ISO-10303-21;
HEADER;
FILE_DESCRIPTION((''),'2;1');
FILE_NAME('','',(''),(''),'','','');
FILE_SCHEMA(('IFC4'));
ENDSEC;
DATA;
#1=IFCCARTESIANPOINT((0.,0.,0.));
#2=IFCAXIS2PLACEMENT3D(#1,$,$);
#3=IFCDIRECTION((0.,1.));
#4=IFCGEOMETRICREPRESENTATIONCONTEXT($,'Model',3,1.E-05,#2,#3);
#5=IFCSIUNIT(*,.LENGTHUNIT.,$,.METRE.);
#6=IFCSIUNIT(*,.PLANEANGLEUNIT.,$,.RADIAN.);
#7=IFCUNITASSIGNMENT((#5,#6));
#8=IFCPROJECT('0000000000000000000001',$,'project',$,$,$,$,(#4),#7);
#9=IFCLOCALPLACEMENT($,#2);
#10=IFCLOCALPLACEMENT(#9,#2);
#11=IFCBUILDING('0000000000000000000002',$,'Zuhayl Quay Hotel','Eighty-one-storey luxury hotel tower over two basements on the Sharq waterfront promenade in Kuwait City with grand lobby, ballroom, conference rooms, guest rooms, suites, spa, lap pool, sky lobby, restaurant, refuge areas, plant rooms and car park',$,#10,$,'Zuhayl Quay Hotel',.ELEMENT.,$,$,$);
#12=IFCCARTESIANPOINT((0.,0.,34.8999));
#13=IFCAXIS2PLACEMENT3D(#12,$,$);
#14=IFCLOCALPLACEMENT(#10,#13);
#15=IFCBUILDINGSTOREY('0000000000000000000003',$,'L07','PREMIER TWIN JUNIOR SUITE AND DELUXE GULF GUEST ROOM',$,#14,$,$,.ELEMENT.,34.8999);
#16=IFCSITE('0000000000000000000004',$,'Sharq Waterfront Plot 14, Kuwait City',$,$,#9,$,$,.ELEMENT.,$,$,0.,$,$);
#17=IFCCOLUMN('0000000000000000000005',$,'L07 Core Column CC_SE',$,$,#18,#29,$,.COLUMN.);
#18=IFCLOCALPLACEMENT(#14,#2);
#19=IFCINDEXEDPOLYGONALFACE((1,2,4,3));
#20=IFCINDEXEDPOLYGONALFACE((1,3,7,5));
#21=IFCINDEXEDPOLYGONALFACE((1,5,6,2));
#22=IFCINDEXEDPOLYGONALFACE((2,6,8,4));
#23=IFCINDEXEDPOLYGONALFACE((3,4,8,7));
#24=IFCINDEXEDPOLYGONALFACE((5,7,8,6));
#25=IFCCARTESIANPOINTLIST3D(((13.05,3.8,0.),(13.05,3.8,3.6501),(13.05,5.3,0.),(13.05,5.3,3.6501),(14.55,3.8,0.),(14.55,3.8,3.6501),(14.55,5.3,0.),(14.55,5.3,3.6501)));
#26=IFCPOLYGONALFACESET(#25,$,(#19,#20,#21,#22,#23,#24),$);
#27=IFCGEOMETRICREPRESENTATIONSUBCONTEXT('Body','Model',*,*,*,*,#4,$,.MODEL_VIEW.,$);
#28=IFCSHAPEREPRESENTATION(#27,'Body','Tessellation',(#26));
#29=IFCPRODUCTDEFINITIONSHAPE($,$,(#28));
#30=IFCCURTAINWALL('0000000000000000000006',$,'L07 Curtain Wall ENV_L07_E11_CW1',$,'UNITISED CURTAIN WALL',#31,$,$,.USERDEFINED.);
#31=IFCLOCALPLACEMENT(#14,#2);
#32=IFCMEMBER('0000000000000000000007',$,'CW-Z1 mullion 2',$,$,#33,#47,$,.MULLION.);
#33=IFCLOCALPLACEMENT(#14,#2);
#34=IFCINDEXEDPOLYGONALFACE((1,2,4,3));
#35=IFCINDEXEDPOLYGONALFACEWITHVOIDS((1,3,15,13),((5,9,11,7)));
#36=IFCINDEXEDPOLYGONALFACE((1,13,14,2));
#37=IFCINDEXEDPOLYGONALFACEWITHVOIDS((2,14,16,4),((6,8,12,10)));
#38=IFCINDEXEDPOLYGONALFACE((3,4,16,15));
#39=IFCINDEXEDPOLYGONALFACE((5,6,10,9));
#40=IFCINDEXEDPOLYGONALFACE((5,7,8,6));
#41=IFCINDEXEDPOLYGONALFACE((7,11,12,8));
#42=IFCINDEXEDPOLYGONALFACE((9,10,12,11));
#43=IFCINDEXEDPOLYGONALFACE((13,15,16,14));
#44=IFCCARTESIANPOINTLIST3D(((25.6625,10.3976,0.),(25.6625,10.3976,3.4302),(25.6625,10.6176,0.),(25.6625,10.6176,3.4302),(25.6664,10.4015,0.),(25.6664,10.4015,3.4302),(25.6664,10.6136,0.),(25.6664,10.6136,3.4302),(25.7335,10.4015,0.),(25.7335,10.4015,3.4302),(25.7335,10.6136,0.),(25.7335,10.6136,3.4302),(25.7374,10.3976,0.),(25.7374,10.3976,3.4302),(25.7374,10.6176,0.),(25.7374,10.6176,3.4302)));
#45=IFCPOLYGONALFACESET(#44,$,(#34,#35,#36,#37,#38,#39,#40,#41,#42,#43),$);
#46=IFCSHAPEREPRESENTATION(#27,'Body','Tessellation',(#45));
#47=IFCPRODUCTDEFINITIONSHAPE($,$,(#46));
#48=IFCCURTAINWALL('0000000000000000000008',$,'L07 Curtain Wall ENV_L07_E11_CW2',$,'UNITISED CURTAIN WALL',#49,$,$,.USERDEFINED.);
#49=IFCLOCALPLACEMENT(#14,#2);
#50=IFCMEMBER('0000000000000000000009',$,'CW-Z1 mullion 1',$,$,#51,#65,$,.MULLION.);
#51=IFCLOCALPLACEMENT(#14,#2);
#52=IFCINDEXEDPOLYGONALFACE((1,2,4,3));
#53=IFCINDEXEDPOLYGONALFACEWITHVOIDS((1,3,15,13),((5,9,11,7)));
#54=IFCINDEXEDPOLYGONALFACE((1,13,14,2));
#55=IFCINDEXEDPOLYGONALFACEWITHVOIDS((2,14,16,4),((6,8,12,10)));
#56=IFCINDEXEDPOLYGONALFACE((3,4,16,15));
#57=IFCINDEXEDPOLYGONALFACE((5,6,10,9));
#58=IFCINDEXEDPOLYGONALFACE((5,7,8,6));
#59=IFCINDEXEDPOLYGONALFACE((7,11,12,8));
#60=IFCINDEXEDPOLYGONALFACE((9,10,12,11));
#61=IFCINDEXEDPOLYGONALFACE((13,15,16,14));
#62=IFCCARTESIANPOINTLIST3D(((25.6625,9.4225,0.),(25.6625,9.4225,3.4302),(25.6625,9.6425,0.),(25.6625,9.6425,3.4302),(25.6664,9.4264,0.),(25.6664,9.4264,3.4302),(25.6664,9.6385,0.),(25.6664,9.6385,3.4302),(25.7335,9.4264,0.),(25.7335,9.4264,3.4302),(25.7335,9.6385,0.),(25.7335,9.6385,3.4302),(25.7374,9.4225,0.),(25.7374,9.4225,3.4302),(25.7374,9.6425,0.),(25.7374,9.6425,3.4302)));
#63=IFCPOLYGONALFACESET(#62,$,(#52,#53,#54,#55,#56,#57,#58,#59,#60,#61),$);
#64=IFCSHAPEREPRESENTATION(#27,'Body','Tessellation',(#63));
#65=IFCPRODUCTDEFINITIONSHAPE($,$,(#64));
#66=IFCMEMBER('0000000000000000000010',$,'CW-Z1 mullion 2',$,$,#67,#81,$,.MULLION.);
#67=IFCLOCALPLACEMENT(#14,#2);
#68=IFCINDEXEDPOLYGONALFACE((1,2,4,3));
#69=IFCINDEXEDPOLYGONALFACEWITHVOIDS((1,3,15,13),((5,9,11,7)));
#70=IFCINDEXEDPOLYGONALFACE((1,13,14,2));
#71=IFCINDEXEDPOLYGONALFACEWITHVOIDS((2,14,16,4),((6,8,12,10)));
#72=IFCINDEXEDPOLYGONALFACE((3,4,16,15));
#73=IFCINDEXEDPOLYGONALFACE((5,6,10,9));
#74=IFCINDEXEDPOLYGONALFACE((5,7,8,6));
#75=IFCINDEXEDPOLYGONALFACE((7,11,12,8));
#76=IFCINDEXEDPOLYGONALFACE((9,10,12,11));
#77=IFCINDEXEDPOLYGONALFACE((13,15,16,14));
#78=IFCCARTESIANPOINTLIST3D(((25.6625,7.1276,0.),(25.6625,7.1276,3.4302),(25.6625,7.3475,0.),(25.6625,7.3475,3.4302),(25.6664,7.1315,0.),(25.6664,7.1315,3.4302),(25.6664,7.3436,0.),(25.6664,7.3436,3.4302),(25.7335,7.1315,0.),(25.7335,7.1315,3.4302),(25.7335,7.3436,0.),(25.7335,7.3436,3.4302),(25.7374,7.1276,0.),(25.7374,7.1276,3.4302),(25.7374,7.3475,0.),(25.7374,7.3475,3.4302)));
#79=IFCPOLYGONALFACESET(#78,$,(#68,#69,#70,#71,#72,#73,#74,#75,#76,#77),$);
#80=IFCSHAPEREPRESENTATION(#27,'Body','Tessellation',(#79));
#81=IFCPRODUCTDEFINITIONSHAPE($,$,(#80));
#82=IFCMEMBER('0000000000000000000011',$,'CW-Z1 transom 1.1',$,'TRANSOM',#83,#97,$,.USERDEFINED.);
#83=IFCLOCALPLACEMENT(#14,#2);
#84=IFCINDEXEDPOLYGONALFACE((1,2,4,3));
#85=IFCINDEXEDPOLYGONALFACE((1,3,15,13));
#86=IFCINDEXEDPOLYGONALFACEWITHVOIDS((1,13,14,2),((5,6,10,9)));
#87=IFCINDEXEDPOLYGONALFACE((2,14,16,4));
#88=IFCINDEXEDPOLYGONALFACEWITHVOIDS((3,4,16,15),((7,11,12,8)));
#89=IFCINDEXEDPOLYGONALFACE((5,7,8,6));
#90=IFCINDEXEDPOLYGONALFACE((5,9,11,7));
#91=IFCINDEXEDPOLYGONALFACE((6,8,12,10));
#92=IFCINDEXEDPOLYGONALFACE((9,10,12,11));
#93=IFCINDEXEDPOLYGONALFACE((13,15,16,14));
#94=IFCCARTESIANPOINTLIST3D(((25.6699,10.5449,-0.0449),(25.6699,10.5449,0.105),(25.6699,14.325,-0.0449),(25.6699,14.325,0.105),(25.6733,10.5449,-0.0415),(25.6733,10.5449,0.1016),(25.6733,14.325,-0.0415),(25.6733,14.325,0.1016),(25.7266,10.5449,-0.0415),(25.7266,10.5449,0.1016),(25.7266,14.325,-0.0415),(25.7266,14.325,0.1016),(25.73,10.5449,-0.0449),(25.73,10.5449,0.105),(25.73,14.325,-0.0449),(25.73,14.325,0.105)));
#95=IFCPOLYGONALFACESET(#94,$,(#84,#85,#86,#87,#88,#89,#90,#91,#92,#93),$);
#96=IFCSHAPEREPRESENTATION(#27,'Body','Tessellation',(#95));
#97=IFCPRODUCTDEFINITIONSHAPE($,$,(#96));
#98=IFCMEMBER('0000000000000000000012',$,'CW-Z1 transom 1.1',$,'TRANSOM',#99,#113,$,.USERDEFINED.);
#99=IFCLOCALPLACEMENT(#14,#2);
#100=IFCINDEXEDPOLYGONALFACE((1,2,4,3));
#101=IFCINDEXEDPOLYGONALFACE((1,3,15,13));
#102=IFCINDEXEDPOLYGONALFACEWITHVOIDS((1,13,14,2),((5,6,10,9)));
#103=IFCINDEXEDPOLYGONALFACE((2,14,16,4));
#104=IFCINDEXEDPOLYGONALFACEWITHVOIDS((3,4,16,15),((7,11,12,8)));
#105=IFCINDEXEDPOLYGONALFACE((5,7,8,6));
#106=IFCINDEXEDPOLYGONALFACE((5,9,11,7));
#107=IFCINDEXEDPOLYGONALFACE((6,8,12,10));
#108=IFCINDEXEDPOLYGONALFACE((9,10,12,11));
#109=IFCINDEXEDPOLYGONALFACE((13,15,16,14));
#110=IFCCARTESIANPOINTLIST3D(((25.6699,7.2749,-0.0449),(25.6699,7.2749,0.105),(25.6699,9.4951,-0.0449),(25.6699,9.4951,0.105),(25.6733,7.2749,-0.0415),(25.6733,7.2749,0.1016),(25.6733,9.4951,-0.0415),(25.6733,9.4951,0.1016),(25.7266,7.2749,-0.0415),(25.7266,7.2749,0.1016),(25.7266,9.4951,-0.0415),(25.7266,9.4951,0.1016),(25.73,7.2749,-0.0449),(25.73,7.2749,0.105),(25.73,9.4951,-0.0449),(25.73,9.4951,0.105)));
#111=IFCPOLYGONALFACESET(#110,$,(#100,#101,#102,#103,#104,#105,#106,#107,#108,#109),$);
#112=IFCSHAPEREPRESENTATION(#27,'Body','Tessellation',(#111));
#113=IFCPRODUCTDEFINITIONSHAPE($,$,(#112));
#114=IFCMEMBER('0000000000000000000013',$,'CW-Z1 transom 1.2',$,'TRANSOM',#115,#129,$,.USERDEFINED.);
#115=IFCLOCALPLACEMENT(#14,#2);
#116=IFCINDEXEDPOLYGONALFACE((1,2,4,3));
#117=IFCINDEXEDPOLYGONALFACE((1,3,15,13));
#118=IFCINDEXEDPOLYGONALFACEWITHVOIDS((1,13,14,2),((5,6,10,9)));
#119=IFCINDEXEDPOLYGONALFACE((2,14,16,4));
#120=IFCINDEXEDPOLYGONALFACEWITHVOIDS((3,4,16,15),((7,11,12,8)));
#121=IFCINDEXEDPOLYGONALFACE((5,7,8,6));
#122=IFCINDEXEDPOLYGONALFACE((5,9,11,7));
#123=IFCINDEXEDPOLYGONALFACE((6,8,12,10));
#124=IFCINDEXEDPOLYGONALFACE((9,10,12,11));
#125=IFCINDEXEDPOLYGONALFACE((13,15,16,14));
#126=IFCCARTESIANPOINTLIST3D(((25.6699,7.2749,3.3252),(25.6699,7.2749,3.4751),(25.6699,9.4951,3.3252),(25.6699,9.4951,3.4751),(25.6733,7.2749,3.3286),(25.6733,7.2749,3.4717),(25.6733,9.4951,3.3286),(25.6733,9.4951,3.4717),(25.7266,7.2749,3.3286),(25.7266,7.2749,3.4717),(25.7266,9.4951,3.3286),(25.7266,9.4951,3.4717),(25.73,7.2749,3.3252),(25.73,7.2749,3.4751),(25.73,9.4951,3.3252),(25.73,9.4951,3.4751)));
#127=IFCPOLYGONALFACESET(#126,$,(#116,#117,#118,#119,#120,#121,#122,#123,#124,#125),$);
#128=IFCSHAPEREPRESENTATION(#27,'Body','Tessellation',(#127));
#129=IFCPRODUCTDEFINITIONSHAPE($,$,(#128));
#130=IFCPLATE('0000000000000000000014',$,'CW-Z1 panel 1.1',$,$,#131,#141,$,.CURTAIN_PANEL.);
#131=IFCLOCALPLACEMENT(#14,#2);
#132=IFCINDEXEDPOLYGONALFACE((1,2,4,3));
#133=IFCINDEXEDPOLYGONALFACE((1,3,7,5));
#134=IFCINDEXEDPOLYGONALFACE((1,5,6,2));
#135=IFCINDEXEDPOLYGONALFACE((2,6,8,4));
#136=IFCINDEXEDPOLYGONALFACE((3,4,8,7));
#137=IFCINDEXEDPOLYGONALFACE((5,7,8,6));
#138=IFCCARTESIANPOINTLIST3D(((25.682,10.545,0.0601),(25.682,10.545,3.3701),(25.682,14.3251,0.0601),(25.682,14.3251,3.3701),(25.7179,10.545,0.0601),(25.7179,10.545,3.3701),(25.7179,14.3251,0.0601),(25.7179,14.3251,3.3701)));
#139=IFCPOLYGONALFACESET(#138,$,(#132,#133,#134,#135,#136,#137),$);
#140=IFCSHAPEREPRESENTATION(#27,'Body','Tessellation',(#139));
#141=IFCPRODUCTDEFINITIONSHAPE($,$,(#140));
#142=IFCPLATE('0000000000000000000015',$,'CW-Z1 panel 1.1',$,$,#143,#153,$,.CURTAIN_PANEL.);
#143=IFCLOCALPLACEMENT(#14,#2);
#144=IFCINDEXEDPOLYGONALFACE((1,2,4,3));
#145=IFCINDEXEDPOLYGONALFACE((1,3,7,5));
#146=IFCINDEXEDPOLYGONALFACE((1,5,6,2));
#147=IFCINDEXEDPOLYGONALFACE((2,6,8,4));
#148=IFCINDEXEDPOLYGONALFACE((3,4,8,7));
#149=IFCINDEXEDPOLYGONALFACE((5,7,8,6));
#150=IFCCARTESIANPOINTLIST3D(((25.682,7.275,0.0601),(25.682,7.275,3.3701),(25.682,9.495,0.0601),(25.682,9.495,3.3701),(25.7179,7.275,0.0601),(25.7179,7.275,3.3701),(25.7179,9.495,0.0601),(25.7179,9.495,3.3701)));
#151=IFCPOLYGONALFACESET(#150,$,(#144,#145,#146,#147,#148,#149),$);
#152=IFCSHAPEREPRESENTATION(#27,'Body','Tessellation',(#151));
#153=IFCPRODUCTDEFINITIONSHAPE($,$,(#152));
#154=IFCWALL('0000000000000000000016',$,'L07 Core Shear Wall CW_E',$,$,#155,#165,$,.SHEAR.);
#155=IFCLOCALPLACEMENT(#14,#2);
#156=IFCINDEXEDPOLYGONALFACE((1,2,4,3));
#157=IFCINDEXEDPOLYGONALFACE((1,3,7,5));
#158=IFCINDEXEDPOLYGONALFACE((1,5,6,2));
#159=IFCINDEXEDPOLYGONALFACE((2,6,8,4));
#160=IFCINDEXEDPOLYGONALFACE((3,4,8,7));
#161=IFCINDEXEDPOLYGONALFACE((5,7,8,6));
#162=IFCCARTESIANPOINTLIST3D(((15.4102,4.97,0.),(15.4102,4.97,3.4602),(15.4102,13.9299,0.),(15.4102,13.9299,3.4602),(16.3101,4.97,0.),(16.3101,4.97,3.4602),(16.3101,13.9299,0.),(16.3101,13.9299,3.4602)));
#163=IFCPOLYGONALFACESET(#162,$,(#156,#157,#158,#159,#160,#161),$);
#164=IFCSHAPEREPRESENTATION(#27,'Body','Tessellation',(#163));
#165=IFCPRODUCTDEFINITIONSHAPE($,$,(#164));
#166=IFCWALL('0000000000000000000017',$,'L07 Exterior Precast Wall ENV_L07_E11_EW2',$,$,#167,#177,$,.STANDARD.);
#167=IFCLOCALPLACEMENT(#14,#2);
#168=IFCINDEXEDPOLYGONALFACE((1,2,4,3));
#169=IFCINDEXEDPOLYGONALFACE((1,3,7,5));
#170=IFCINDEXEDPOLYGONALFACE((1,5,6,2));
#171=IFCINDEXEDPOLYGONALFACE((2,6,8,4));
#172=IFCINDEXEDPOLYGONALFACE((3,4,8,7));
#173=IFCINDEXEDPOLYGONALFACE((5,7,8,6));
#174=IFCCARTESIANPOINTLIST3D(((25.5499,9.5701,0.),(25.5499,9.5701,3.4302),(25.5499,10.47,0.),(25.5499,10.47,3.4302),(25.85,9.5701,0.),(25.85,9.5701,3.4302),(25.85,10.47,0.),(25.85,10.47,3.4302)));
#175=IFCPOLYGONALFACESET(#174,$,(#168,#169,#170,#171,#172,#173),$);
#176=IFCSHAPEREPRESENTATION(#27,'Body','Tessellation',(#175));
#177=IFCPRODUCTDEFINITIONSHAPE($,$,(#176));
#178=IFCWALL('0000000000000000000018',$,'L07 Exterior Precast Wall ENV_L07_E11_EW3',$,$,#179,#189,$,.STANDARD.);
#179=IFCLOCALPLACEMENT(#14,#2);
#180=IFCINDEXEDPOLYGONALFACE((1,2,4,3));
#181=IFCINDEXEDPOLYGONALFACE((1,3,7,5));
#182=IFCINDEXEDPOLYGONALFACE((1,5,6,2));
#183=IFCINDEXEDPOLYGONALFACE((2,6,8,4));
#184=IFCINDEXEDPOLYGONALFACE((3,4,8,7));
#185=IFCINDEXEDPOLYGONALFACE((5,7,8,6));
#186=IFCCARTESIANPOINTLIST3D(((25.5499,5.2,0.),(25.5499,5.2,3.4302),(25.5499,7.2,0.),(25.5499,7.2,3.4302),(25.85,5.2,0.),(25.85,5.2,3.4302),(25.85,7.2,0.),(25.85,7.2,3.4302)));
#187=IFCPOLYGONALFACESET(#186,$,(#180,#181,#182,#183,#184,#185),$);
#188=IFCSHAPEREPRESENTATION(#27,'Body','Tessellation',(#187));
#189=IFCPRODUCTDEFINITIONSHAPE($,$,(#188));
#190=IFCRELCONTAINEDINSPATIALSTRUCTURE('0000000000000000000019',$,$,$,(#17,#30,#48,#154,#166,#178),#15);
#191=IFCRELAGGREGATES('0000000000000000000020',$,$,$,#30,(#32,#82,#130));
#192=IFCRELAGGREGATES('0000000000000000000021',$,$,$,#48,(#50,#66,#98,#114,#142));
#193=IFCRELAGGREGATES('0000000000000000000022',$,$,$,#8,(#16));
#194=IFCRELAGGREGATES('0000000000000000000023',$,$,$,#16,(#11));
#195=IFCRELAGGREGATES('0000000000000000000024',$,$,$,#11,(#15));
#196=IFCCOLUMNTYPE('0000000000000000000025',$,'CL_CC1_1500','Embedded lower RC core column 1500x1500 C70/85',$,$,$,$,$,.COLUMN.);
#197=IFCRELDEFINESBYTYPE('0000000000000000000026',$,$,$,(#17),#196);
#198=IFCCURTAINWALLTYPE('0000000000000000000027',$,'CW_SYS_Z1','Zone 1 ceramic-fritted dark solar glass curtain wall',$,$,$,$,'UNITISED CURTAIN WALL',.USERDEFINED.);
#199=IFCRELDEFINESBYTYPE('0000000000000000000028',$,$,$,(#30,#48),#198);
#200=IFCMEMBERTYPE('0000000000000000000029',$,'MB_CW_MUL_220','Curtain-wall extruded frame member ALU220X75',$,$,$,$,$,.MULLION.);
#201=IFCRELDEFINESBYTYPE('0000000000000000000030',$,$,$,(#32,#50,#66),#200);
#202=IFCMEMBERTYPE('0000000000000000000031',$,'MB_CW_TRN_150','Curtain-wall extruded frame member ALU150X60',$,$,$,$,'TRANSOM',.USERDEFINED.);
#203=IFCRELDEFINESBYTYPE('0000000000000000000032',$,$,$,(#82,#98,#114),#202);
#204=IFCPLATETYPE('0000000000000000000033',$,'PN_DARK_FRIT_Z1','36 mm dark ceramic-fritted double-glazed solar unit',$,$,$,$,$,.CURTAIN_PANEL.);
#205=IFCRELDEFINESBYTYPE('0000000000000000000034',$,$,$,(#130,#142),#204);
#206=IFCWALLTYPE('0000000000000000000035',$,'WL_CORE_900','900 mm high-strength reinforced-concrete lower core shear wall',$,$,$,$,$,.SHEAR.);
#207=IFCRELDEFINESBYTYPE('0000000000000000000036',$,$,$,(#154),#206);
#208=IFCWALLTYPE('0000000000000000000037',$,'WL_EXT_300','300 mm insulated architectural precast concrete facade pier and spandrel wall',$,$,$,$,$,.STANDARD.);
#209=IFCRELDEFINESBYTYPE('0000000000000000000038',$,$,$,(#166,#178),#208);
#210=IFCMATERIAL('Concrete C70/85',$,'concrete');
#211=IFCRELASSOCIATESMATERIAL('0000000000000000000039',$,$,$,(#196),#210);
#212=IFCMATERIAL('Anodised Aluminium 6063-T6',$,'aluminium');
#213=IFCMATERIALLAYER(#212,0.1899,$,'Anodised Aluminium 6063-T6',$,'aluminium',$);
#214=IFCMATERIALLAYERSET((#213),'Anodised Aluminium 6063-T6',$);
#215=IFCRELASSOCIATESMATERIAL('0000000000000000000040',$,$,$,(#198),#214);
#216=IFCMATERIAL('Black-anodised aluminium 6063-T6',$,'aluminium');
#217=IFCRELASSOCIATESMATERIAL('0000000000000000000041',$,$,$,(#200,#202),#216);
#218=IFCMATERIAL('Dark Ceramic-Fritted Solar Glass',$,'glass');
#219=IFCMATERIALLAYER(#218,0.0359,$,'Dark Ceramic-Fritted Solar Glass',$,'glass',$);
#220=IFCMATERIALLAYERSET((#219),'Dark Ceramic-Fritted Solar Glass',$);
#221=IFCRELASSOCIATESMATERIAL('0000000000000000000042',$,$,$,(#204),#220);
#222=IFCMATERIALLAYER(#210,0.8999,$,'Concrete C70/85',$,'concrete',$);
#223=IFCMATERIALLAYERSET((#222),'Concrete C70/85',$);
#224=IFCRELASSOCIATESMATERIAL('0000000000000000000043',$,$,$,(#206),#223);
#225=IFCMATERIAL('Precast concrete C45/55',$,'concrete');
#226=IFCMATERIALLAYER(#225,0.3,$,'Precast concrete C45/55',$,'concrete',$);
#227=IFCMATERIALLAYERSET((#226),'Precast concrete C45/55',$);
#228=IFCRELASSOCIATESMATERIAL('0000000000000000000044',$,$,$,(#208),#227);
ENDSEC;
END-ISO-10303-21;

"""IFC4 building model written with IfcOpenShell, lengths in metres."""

from ifc_helpers import new_model, si_unit, direction, frame, frame_2d, origin, origin_2d, place, context, subcontext, project, spatial, rectangle, hollow_rectangle, extrude, material, layer, layer_set, material_profile, profile_set, type_object, element, aggregate, save


model = new_model("IFC4")

# Units and contexts
model_context = context("Model", 3, precision=1e-05, world=origin(), true_north=direction((0.0, 1.0)))
body_context = subcontext(model_context, "Body", "Model", "MODEL_VIEW")
ifc_project = project(units=[si_unit("LENGTHUNIT", "METRE"), si_unit("PLANEANGLEUNIT", "RADIAN")], contexts=[model_context])

# Site, building, storey
site_placement = place(None, origin())
site = spatial("IfcSite", under=ifc_project, at=site_placement, Name="Sharq Waterfront Plot 14, Kuwait City", CompositionType="ELEMENT", RefElevation=0.0)
building_placement = place(site_placement, origin())
building = spatial("IfcBuilding", under=site, at=building_placement, Name="Zuhayl Quay Hotel", Description="Eighty-one-storey luxury hotel tower over two basements on the Sharq waterfront promenade in Kuwait City with grand lobby, ballroom, conference rooms, guest rooms, suites, spa, lap pool, sky lobby, restaurant, refuge areas, plant rooms and car park", LongName="Zuhayl Quay Hotel", CompositionType="ELEMENT")
storey_placement = place(building_placement, frame((0.0, 0.0, 34.8999)))
storey = spatial("IfcBuildingStorey", under=building, at=storey_placement, Name="L07", Description="PREMIER TWIN JUNIOR SUITE AND DELUXE GULF GUEST ROOM", CompositionType="ELEMENT", Elevation=34.8999)

# Column
ifc_material_1 = material(Name="Concrete C70/85", Category="concrete")
ifc_material_profile_1 = material_profile(ifc_material_1, rectangle(XDim=1.5, YDim=1.5, at=origin_2d()), Name="RC1500X1500")
ifc_profile_set_1 = profile_set([ifc_material_profile_1], Name="Concrete C70/85")
column_type = type_object("IfcColumnType", Name="CL_CC1_1500", Description="Embedded lower RC core column 1500x1500 C70/85", PredefinedType="COLUMN", material=ifc_profile_set_1)
column_placement = place(storey_placement, frame((13.8, 4.55, 0.0), z_axis=(0.0, 0.0, 1.0), x_axis=(1.0, 0.0, 0.0)))
element("IfcColumn", 1, at=column_placement, inside=storey, type_object=column_type, Name="L07 Core Column CC_SE", PredefinedType="COLUMN", context=body_context, shape_type="SweptSolid", body=[
    extrude(rectangle(XDim=1.5, YDim=1.5, at=origin_2d()), origin(), (0.0, 0.0, 1.0), 3.6501),
])

# Curtain wall, member
ifc_material_2 = material(Name="Anodised Aluminium 6063-T6", Category="aluminium")
ifc_layer_1 = layer(ifc_material_2, 0.1899, Name="Anodised Aluminium 6063-T6", Category="aluminium")
ifc_layer_set_1 = layer_set([ifc_layer_1], Name="Anodised Aluminium 6063-T6")
curtain_wall_type = type_object("IfcCurtainWallType", Name="CW_SYS_Z1", Description="Zone 1 ceramic-fritted dark solar glass curtain wall", ElementType="UNITISED CURTAIN WALL", PredefinedType="USERDEFINED", material=ifc_layer_set_1)
curtain_wall_1_placement = place(storey_placement, origin())
curtain_wall_1 = element("IfcCurtainWall", 2, at=curtain_wall_1_placement, inside=storey, type_object=curtain_wall_type, Name="L07 Curtain Wall ENV_L07_E11_CW1", ObjectType="UNITISED CURTAIN WALL", PredefinedType="USERDEFINED")
ifc_material_3 = material(Name="Black-anodised aluminium 6063-T6", Category="aluminium")
ifc_material_profile_2 = material_profile(ifc_material_3, hollow_rectangle(XDim=0.075, YDim=0.22, WallThickness=0.0039, at=origin_2d()), Name="ALU220X75")
ifc_profile_set_2 = profile_set([ifc_material_profile_2], Name="Black-anodised aluminium 6063-T6")
member_type_1 = type_object("IfcMemberType", Name="MB_CW_MUL_220", Description="Curtain-wall extruded frame member ALU220X75", PredefinedType="MULLION", material=ifc_profile_set_2)
member_1_placement = place(storey_placement, frame((25.7, 10.5076, 0.0), z_axis=(0.0, 0.0, 1.0), x_axis=(1.0, 0.0, 0.0)))
member_1 = element("IfcMember", 3, at=member_1_placement, type_object=member_type_1, Name="CW-Z1 mullion 2", PredefinedType="MULLION", context=body_context, shape_type="SweptSolid", body=[
    extrude(hollow_rectangle(XDim=0.075, YDim=0.22, WallThickness=0.0039, at=origin_2d()), origin(), (0.0, 0.0, 1.0), 3.4302),
])

# Curtain wall, members
curtain_wall_2_placement = place(storey_placement, origin())
curtain_wall_2 = element("IfcCurtainWall", 4, at=curtain_wall_2_placement, inside=storey, type_object=curtain_wall_type, Name="L07 Curtain Wall ENV_L07_E11_CW2", ObjectType="UNITISED CURTAIN WALL", PredefinedType="USERDEFINED")
member_2_placement = place(storey_placement, frame((25.7, 9.5325, 0.0), z_axis=(0.0, 0.0, 1.0), x_axis=(1.0, 0.0, 0.0)))
member_2 = element("IfcMember", 5, at=member_2_placement, type_object=member_type_1, Name="CW-Z1 mullion 1", PredefinedType="MULLION", context=body_context, shape_type="SweptSolid", body=[
    extrude(hollow_rectangle(XDim=0.075, YDim=0.22, WallThickness=0.0039, at=origin_2d()), origin(), (0.0, 0.0, 1.0), 3.4302),
])
member_3_placement = place(storey_placement, frame((25.7, 7.2375, 0.0), z_axis=(0.0, 0.0, 1.0), x_axis=(1.0, 0.0, 0.0)))
member_3 = element("IfcMember", 6, at=member_3_placement, type_object=member_type_1, Name="CW-Z1 mullion 2", PredefinedType="MULLION", context=body_context, shape_type="SweptSolid", body=[
    extrude(hollow_rectangle(XDim=0.075, YDim=0.22, WallThickness=0.0039, at=origin_2d()), origin(), (0.0, 0.0, 1.0), 3.4302),
])

# Members
ifc_material_profile_3 = material_profile(ifc_material_3, hollow_rectangle(XDim=0.0601, YDim=0.1499, WallThickness=0.0034, at=origin_2d()), Name="ALU150X60")
ifc_profile_set_3 = profile_set([ifc_material_profile_3], Name="Black-anodised aluminium 6063-T6")
member_type_2 = type_object("IfcMemberType", Name="MB_CW_TRN_150", Description="Curtain-wall extruded frame member ALU150X60", ElementType="TRANSOM", PredefinedType="USERDEFINED", material=ifc_profile_set_3)
member_4_placement = place(storey_placement, frame((25.7, 14.325, 0.03), z_axis=(0.0, -1.0, 0.0), x_axis=(1.0, 0.0, 0.0)))
member_4 = element("IfcMember", 7, at=member_4_placement, type_object=member_type_2, Name="CW-Z1 transom 1.1", ObjectType="TRANSOM", PredefinedType="USERDEFINED", context=body_context, shape_type="SweptSolid", body=[
    extrude(hollow_rectangle(XDim=0.0601, YDim=0.1499, WallThickness=0.0034, at=origin_2d()), origin(), (0.0, 0.0, 1.0), 3.78),
])
member_5_placement = place(storey_placement, frame((25.7, 9.4951, 0.03), z_axis=(0.0, -1.0, 0.0), x_axis=(1.0, 0.0, 0.0)))
member_5 = element("IfcMember", 8, at=member_5_placement, type_object=member_type_2, Name="CW-Z1 transom 1.1", ObjectType="TRANSOM", PredefinedType="USERDEFINED", context=body_context, shape_type="SweptSolid", body=[
    extrude(hollow_rectangle(XDim=0.0601, YDim=0.1499, WallThickness=0.0034, at=origin_2d()), origin(), (0.0, 0.0, 1.0), 2.2202),
])
member_6_placement = place(storey_placement, frame((25.7, 9.4951, 3.4001), z_axis=(0.0, -1.0, 0.0), x_axis=(1.0, 0.0, 0.0)))
member_6 = element("IfcMember", 9, at=member_6_placement, type_object=member_type_2, Name="CW-Z1 transom 1.2", ObjectType="TRANSOM", PredefinedType="USERDEFINED", context=body_context, shape_type="SweptSolid", body=[
    extrude(hollow_rectangle(XDim=0.0601, YDim=0.1499, WallThickness=0.0034, at=origin_2d()), origin(), (0.0, 0.0, 1.0), 2.2202),
])

# Plates
ifc_material_4 = material(Name="Dark Ceramic-Fritted Solar Glass", Category="glass")
ifc_layer_2 = layer(ifc_material_4, 0.0359, Name="Dark Ceramic-Fritted Solar Glass", Category="glass")
ifc_layer_set_2 = layer_set([ifc_layer_2], Name="Dark Ceramic-Fritted Solar Glass")
plate_type = type_object("IfcPlateType", Name="PN_DARK_FRIT_Z1", Description="36 mm dark ceramic-fritted double-glazed solar unit", PredefinedType="CURTAIN_PANEL", material=ifc_layer_set_2)
plate_1_placement = place(storey_placement, frame((25.7, 12.4351, 0.0601), z_axis=(0.0, 0.0, 1.0), x_axis=(0.0, -1.0, 0.0)))
plate_1 = element("IfcPlate", 10, at=plate_1_placement, type_object=plate_type, Name="CW-Z1 panel 1.1", PredefinedType="CURTAIN_PANEL", context=body_context, shape_type="SweptSolid", body=[
    extrude(rectangle(XDim=3.78, YDim=0.0359, at=origin_2d()), origin(), (0.0, 0.0, 1.0), 3.3101),
])
aggregate(curtain_wall_1, [member_1, member_4, plate_1])
plate_2_placement = place(storey_placement, frame((25.7, 8.385, 0.0601), z_axis=(0.0, 0.0, 1.0), x_axis=(0.0, -1.0, 0.0)))
plate_2 = element("IfcPlate", 11, at=plate_2_placement, type_object=plate_type, Name="CW-Z1 panel 1.1", PredefinedType="CURTAIN_PANEL", context=body_context, shape_type="SweptSolid", body=[
    extrude(rectangle(XDim=2.22, YDim=0.0359, at=origin_2d()), origin(), (0.0, 0.0, 1.0), 3.3101),
])
aggregate(curtain_wall_2, [member_2, member_3, member_5, member_6, plate_2])

# Walls
ifc_layer_3 = layer(ifc_material_1, 0.8999, Name="Concrete C70/85", Category="concrete")
ifc_layer_set_3 = layer_set([ifc_layer_3], Name="Concrete C70/85")
wall_type_1 = type_object("IfcWallType", Name="WL_CORE_900", Description="900 mm high-strength reinforced-concrete lower core shear wall", PredefinedType="SHEAR", material=ifc_layer_set_3)
wall_1_placement = place(storey_placement, frame((15.8601, 4.97, 0.0), z_axis=(0.0, 0.0, 1.0), x_axis=(0.0, 1.0, 0.0)))
element("IfcWall", 12, at=wall_1_placement, inside=storey, type_object=wall_type_1, Name="L07 Core Shear Wall CW_E", PredefinedType="SHEAR", context=body_context, shape_type="SweptSolid", body=[
    extrude(rectangle(XDim=8.96, YDim=0.8999, at=frame_2d((4.48, 0.0))), origin(), (0.0, 0.0, 1.0), 3.4602),
])
ifc_material_5 = material(Name="Precast concrete C45/55", Category="concrete")
ifc_layer_4 = layer(ifc_material_5, 0.3, Name="Precast concrete C45/55", Category="concrete")
ifc_layer_set_4 = layer_set([ifc_layer_4], Name="Precast concrete C45/55")
wall_type_2 = type_object("IfcWallType", Name="WL_EXT_300", Description="300 mm insulated architectural precast concrete facade pier and spandrel wall", PredefinedType="STANDARD", material=ifc_layer_set_4)
wall_2_placement = place(storey_placement, frame((25.7, 10.47, 0.0), z_axis=(0.0, 0.0, 1.0), x_axis=(0.0, -1.0, 0.0)))
element("IfcWall", 13, at=wall_2_placement, inside=storey, type_object=wall_type_2, Name="L07 Exterior Precast Wall ENV_L07_E11_EW2", PredefinedType="STANDARD", context=body_context, shape_type="SweptSolid", body=[
    extrude(rectangle(XDim=0.8999, YDim=0.3, at=frame_2d((0.45, 0.0))), origin(), (0.0, 0.0, 1.0), 3.4302),
])
wall_3_placement = place(storey_placement, frame((25.7, 7.2, 0.0), z_axis=(0.0, 0.0, 1.0), x_axis=(0.0, -1.0, 0.0)))
element("IfcWall", 14, at=wall_3_placement, inside=storey, type_object=wall_type_2, Name="L07 Exterior Precast Wall ENV_L07_E11_EW3", PredefinedType="STANDARD", context=body_context, shape_type="SweptSolid", body=[
    extrude(rectangle(XDim=2.0, YDim=0.3, at=frame_2d((1.0, 0.0))), origin(), (0.0, 0.0, 1.0), 3.4302),
])

save(model, "model.ifc")
